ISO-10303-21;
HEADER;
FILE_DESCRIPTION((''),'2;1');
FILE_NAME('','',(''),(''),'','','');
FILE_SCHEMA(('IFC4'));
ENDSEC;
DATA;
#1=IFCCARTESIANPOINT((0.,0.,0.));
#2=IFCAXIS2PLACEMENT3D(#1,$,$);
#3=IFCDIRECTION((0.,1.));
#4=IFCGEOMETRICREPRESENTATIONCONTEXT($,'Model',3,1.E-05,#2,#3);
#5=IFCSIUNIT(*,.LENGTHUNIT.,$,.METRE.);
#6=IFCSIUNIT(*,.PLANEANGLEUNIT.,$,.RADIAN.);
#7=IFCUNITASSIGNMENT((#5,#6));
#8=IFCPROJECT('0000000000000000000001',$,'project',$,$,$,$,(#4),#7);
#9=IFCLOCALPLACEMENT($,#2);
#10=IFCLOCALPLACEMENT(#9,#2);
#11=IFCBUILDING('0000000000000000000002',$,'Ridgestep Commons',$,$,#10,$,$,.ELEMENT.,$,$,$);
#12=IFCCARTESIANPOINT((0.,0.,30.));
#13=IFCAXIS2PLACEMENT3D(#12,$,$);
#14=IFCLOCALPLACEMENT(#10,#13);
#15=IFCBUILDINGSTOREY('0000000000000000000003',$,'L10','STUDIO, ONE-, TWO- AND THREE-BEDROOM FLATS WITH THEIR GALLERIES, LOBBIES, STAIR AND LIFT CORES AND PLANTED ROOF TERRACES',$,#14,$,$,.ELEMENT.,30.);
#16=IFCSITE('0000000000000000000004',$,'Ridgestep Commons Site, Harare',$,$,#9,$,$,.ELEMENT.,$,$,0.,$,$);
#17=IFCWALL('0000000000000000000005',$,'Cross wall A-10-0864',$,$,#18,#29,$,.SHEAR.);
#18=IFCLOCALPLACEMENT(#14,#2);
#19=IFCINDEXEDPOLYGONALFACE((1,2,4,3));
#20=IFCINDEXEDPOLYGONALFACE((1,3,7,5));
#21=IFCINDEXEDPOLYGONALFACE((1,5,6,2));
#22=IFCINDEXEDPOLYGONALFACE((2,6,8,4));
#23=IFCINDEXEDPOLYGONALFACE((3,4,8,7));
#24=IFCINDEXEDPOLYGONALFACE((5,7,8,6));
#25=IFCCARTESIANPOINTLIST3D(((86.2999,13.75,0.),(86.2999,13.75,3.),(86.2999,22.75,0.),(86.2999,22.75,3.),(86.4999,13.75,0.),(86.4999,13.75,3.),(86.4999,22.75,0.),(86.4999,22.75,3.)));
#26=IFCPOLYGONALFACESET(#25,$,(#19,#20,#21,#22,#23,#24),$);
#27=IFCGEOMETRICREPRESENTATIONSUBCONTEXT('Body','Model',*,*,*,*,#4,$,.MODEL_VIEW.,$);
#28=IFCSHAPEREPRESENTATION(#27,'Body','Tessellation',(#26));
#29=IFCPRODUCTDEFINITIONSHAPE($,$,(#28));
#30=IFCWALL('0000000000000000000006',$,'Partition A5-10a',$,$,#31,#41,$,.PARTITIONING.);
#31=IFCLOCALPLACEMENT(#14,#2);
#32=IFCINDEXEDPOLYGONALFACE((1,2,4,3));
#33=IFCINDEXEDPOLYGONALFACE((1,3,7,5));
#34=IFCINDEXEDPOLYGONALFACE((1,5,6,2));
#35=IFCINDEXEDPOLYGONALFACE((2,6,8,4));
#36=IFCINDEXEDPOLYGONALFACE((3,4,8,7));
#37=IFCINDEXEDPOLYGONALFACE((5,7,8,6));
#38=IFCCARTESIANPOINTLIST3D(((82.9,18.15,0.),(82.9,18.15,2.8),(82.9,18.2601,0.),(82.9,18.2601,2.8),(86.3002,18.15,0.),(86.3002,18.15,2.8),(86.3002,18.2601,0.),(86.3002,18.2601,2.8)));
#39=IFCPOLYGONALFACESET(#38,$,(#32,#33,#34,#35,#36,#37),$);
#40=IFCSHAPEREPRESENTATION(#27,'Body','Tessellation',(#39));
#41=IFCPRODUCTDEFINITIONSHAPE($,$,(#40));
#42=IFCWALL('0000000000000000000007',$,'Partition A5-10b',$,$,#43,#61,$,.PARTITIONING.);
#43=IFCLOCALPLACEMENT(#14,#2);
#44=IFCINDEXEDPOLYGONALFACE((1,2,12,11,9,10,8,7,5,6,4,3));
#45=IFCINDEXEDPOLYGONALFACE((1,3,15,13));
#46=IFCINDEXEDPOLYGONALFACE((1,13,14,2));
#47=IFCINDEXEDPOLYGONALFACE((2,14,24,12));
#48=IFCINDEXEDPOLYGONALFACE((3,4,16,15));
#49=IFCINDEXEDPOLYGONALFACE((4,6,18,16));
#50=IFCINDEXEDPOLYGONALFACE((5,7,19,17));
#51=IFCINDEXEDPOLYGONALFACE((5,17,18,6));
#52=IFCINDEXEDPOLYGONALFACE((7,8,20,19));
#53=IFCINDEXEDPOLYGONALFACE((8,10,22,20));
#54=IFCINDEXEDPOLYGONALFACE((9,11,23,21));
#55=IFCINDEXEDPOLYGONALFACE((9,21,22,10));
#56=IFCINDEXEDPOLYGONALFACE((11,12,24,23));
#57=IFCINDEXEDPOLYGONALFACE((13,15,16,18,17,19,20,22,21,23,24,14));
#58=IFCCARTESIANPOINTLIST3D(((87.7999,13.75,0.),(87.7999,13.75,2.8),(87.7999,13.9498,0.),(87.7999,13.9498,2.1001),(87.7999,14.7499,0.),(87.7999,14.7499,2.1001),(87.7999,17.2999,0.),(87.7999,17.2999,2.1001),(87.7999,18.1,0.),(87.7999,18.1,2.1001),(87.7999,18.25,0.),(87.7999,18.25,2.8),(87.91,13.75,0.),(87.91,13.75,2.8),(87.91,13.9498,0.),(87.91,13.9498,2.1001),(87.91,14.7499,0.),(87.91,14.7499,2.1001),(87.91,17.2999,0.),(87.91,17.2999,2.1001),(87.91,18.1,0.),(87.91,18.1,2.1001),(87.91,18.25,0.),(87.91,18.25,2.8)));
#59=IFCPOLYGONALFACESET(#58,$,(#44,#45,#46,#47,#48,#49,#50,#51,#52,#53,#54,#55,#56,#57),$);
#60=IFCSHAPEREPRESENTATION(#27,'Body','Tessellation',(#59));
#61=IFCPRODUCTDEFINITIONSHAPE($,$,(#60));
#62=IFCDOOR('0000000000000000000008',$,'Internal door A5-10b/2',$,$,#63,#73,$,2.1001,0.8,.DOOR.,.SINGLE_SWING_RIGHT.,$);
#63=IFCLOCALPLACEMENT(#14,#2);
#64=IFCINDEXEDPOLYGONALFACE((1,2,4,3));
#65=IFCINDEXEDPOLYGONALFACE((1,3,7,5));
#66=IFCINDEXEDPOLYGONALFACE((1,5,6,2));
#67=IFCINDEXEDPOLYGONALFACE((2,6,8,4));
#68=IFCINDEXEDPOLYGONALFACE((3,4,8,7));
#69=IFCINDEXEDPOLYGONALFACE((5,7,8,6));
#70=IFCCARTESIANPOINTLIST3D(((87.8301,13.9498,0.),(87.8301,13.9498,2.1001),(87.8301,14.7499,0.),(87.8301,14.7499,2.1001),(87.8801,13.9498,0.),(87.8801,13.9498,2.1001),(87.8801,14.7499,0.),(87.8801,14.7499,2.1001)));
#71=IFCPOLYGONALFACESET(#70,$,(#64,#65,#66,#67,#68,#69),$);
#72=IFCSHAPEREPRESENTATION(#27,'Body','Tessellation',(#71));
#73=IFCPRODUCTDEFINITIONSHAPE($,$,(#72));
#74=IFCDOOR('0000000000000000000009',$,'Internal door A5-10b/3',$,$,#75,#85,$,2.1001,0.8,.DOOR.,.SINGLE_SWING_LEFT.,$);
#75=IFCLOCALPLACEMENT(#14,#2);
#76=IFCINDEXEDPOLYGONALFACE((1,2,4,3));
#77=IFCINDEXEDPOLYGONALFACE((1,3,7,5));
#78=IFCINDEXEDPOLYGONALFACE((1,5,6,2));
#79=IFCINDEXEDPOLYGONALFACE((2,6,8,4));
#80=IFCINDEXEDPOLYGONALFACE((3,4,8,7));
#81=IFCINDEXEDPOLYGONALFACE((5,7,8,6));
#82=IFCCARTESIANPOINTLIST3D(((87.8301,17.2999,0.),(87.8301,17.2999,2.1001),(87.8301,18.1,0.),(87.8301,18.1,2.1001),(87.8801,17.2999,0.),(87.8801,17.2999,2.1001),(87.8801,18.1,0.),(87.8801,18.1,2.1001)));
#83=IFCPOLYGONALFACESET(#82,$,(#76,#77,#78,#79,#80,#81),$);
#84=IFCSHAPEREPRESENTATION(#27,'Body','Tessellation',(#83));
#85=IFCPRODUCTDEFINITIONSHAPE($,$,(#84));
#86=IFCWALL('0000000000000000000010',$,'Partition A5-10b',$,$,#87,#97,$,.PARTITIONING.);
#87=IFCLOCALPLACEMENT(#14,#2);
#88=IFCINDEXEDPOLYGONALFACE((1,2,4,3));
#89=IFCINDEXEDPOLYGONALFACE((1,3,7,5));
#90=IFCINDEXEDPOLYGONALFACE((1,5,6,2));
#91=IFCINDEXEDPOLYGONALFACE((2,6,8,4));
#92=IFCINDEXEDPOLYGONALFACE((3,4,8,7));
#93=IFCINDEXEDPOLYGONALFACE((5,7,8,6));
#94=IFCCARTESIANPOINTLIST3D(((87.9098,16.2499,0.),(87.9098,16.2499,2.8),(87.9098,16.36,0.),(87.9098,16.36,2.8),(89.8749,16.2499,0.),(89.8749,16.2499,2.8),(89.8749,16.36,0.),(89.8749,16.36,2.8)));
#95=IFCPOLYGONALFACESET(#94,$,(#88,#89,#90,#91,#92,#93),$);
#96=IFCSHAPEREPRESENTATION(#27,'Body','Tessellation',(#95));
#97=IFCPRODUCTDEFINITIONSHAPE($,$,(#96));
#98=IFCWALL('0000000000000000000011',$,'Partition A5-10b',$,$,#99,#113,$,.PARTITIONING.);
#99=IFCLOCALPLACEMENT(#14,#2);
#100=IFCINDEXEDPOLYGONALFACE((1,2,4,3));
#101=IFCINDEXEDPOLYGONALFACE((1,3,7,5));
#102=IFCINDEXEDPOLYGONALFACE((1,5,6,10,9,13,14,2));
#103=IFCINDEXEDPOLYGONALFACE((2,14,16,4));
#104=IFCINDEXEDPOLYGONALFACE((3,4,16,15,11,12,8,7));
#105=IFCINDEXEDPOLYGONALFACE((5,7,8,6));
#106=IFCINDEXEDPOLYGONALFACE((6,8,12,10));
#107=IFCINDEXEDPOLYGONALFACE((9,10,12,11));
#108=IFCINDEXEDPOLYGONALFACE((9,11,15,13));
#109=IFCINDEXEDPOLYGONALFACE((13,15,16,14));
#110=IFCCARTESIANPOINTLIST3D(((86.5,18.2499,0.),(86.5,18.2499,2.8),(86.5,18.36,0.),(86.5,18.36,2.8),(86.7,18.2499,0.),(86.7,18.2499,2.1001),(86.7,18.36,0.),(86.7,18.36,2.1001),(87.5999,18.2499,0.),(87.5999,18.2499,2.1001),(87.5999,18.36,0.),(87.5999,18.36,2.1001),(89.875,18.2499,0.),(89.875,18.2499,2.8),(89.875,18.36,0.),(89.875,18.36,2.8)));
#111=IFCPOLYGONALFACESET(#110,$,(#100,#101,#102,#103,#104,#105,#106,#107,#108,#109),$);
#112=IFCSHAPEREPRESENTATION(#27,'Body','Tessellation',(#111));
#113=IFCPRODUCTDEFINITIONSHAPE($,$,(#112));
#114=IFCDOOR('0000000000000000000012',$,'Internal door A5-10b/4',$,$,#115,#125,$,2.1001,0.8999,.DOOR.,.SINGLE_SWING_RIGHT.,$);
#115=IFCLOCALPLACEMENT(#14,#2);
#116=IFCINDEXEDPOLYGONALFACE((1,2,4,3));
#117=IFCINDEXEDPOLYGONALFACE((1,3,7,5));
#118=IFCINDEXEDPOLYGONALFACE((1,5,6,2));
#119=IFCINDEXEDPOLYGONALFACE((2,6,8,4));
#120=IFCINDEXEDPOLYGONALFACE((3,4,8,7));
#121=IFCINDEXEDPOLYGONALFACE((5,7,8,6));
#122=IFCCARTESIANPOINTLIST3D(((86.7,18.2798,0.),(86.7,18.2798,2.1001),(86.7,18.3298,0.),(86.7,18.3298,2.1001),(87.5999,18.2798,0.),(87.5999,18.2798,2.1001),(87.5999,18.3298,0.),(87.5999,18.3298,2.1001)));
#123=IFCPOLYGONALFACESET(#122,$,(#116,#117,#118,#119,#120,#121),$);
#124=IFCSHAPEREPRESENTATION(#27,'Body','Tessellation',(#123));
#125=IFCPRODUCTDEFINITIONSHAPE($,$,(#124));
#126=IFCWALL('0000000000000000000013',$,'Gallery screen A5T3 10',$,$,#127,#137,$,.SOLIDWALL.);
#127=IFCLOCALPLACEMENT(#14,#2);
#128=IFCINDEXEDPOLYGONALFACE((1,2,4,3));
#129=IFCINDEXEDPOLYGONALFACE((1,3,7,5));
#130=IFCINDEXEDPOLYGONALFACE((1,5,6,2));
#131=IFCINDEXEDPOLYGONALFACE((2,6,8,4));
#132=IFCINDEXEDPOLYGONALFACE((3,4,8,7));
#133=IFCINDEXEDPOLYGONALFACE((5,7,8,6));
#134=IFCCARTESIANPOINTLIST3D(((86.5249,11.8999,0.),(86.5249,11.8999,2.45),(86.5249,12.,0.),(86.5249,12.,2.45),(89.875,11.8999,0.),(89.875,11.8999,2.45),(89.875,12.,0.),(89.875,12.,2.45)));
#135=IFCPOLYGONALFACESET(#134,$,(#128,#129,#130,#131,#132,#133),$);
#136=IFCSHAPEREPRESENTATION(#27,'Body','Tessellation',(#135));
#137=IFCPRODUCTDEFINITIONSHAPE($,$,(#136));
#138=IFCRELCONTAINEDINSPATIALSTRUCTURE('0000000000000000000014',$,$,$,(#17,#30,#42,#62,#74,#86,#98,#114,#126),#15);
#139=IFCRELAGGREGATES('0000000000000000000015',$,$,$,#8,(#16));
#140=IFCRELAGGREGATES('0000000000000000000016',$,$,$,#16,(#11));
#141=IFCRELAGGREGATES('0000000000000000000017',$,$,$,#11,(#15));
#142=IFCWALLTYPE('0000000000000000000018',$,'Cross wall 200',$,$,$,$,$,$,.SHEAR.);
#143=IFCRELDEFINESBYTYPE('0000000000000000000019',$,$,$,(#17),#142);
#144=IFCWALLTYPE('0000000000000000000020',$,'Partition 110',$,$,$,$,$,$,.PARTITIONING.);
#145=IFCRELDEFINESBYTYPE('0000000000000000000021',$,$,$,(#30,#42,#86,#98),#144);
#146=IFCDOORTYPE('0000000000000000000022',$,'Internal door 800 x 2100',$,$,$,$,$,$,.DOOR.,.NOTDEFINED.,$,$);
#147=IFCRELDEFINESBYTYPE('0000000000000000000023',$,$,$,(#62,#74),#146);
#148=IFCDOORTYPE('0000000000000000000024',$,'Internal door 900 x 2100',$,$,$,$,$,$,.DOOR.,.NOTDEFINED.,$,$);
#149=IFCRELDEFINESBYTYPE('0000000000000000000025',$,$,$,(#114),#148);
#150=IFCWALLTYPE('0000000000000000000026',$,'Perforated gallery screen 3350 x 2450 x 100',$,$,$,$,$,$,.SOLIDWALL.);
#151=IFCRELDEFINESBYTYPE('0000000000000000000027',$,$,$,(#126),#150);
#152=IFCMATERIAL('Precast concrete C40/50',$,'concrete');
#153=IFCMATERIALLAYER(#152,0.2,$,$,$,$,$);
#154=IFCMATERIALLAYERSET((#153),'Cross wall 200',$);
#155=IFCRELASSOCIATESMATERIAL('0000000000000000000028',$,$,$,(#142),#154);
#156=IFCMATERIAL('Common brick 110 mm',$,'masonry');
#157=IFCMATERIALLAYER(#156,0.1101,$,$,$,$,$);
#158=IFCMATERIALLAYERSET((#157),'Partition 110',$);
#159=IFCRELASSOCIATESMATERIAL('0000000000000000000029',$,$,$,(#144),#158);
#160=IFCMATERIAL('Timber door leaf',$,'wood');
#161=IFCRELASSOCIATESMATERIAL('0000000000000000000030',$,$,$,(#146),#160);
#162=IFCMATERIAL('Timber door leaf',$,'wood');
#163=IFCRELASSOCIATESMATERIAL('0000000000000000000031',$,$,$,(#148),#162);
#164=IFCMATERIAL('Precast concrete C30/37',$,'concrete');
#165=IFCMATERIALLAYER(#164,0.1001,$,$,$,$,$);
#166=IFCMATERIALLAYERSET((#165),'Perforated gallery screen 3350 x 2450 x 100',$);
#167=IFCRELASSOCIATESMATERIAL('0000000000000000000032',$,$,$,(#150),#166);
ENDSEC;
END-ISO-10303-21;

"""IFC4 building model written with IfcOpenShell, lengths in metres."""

from ifc_helpers import new_model, si_unit, direction, frame, frame_2d, origin, place, context, subcontext, project, spatial, rectangle, extrude, material, layer, layer_set, type_object, element, fill, save


model = new_model("IFC4")

# Units and contexts
model_context = context("Model", 3, precision=1e-05, world=origin(), true_north=direction((0.0, 1.0)))
body_context = subcontext(model_context, "Body", "Model", "MODEL_VIEW")
ifc_project = project(units=[si_unit("LENGTHUNIT", "METRE"), si_unit("PLANEANGLEUNIT", "RADIAN")], contexts=[model_context])

# Site, building, storey
site_placement = place(None, origin())
site = spatial("IfcSite", under=ifc_project, at=site_placement, Name="Ridgestep Commons Site, Harare", CompositionType="ELEMENT", RefElevation=0.0)
building_placement = place(site_placement, origin())
building = spatial("IfcBuilding", under=site, at=building_placement, Name="Ridgestep Commons", CompositionType="ELEMENT")
storey_placement = place(building_placement, frame((0.0, 0.0, 30.0)))
storey = spatial("IfcBuildingStorey", under=building, at=storey_placement, Name="L10", Description="STUDIO, ONE-, TWO- AND THREE-BEDROOM FLATS WITH THEIR GALLERIES, LOBBIES, STAIR AND LIFT CORES AND PLANTED ROOF TERRACES", CompositionType="ELEMENT", Elevation=30.0)

# Walls
ifc_material_1 = material(Name="Precast concrete C40/50", Category="concrete")
ifc_layer_1 = layer(ifc_material_1, 0.2)
ifc_layer_set_1 = layer_set([ifc_layer_1], Name="Cross wall 200")
wall_type_1 = type_object("IfcWallType", Name="Cross wall 200", PredefinedType="SHEAR", material=ifc_layer_set_1)
wall_1_placement = place(storey_placement, frame((86.3999, 13.75, 0.0), z_axis=(0.0, 0.0, 1.0), x_axis=(0.0, 1.0, 0.0)))
element("IfcWall", 1, at=wall_1_placement, inside=storey, type_object=wall_type_1, Name="Cross wall A-10-0864", PredefinedType="SHEAR", context=body_context, shape_type="SweptSolid", body=[
    extrude(rectangle(XDim=9.0, YDim=0.2, at=frame_2d((4.5, 0.0))), origin(), (0.0, 0.0, 1.0), 3.0),
])
ifc_material_2 = material(Name="Common brick 110 mm", Category="masonry")
ifc_layer_2 = layer(ifc_material_2, 0.1101)
ifc_layer_set_2 = layer_set([ifc_layer_2], Name="Partition 110")
wall_type_2 = type_object("IfcWallType", Name="Partition 110", PredefinedType="PARTITIONING", material=ifc_layer_set_2)
wall_2_placement = place(storey_placement, frame((82.8999, 18.2051, 0.0), z_axis=(0.0, 0.0, 1.0), x_axis=(1.0, 0.0, 0.0)))
element("IfcWall", 2, at=wall_2_placement, inside=storey, type_object=wall_type_2, Name="Partition A5-10a", PredefinedType="PARTITIONING", context=body_context, shape_type="SweptSolid", body=[
    extrude(rectangle(XDim=3.4001, YDim=0.1101, at=frame_2d((1.7002, 0.0))), origin(), (0.0, 0.0, 1.0), 2.8),
])

# Wall, openings, doors
wall_3_placement = place(storey_placement, frame((87.855, 13.75, 0.0), z_axis=(0.0, 0.0, 1.0), x_axis=(0.0, 1.0, 0.0)))
wall_3 = element("IfcWall", 3, at=wall_3_placement, inside=storey, type_object=wall_type_2, Name="Partition A5-10b", PredefinedType="PARTITIONING", context=body_context, shape_type="SweptSolid", body=[
    extrude(rectangle(XDim=4.5, YDim=0.1101, at=frame_2d((2.25, 0.0))), origin(), (0.0, 0.0, 1.0), 2.8),
])
opening_1_placement = place(wall_3_placement, frame((0.2, 0.0, 0.0)))
opening_1 = element("IfcOpeningElement", 4, at=opening_1_placement, cuts=wall_3, PredefinedType="OPENING", context=body_context, shape_type="SweptSolid", body=[
    extrude(rectangle(XDim=0.8, YDim=2.1001, at=frame_2d((0.3999, 1.05))), frame((0.0, 0.0649, 0.0), z_axis=(0.0, -1.0, 0.0), x_axis=(1.0, 0.0, 0.0)), (0.0, 0.0, 1.0), 0.1301),
])
opening_2_placement = place(wall_3_placement, frame((3.55, 0.0, 0.0)))
opening_2 = element("IfcOpeningElement", 5, at=opening_2_placement, cuts=wall_3, PredefinedType="OPENING", context=body_context, shape_type="SweptSolid", body=[
    extrude(rectangle(XDim=0.8, YDim=2.1001, at=frame_2d((0.3999, 1.05))), frame((0.0, 0.0649, 0.0), z_axis=(0.0, -1.0, 0.0), x_axis=(1.0, 0.0, 0.0)), (0.0, 0.0, 1.0), 0.1301),
])
ifc_material_3 = material(Name="Timber door leaf", Category="wood")
door_type_1 = type_object("IfcDoorType", Name="Internal door 800 x 2100", OperationType="NOTDEFINED", PredefinedType="DOOR", material=ifc_material_3)
door_1_placement = place(opening_1_placement, origin())
door_1 = element("IfcDoor", 6, at=door_1_placement, inside=storey, type_object=door_type_1, Name="Internal door A5-10b/2", OperationType="SINGLE_SWING_RIGHT", OverallHeight=2.1001, OverallWidth=0.8, PredefinedType="DOOR", context=body_context, shape_type="SweptSolid", body=[
    extrude(rectangle(XDim=0.8, YDim=2.1001, at=frame_2d((0.3999, 1.05))), frame((0.0, 0.0249, 0.0), z_axis=(0.0, -1.0, 0.0), x_axis=(1.0, 0.0, 0.0)), (0.0, 0.0, 1.0), 0.05),
])
fill(opening_1, door_1)
door_2_placement = place(opening_2_placement, origin())
door_2 = element("IfcDoor", 7, at=door_2_placement, inside=storey, type_object=door_type_1, Name="Internal door A5-10b/3", OperationType="SINGLE_SWING_LEFT", OverallHeight=2.1001, OverallWidth=0.8, PredefinedType="DOOR", context=body_context, shape_type="SweptSolid", body=[
    extrude(rectangle(XDim=0.8, YDim=2.1001, at=frame_2d((0.3999, 1.05))), frame((0.0, 0.0249, 0.0), z_axis=(0.0, -1.0, 0.0), x_axis=(1.0, 0.0, 0.0)), (0.0, 0.0, 1.0), 0.05),
])
fill(opening_2, door_2)

# Wall
wall_4_placement = place(storey_placement, frame((87.9099, 16.3049, 0.0), z_axis=(0.0, 0.0, 1.0), x_axis=(1.0, 0.0, 0.0)))
element("IfcWall", 8, at=wall_4_placement, inside=storey, type_object=wall_type_2, Name="Partition A5-10b", PredefinedType="PARTITIONING", context=body_context, shape_type="SweptSolid", body=[
    extrude(rectangle(XDim=1.9651, YDim=0.1101, at=frame_2d((0.9824, 0.0))), origin(), (0.0, 0.0, 1.0), 2.8),
])

# Wall, opening, door
wall_5_placement = place(storey_placement, frame((86.5, 18.3049, 0.0), z_axis=(0.0, 0.0, 1.0), x_axis=(1.0, 0.0, 0.0)))
wall_5 = element("IfcWall", 9, at=wall_5_placement, inside=storey, type_object=wall_type_2, Name="Partition A5-10b", PredefinedType="PARTITIONING", context=body_context, shape_type="SweptSolid", body=[
    extrude(rectangle(XDim=3.375, YDim=0.1101, at=frame_2d((1.6875, 0.0))), origin(), (0.0, 0.0, 1.0), 2.8),
])
opening_3_placement = place(wall_5_placement, frame((0.2, 0.0, 0.0)))
opening_3 = element("IfcOpeningElement", 10, at=opening_3_placement, cuts=wall_5, PredefinedType="OPENING", context=body_context, shape_type="SweptSolid", body=[
    extrude(rectangle(XDim=0.8999, YDim=2.1001, at=frame_2d((0.45, 1.05))), frame((0.0, 0.0649, 0.0), z_axis=(0.0, -1.0, 0.0), x_axis=(1.0, 0.0, 0.0)), (0.0, 0.0, 1.0), 0.1301),
])
ifc_material_4 = material(Name="Timber door leaf", Category="wood")
door_type_2 = type_object("IfcDoorType", Name="Internal door 900 x 2100", OperationType="NOTDEFINED", PredefinedType="DOOR", material=ifc_material_4)
door_3_placement = place(opening_3_placement, origin())
door_3 = element("IfcDoor", 11, at=door_3_placement, inside=storey, type_object=door_type_2, Name="Internal door A5-10b/4", OperationType="SINGLE_SWING_RIGHT", OverallHeight=2.1001, OverallWidth=0.8999, PredefinedType="DOOR", context=body_context, shape_type="SweptSolid", body=[
    extrude(rectangle(XDim=0.8999, YDim=2.1001, at=frame_2d((0.45, 1.05))), frame((0.0, 0.0249, 0.0), z_axis=(0.0, -1.0, 0.0), x_axis=(1.0, 0.0, 0.0)), (0.0, 0.0, 1.0), 0.05),
])
fill(opening_3, door_3)

# Wall
ifc_material_5 = material(Name="Precast concrete C30/37", Category="concrete")
ifc_layer_3 = layer(ifc_material_5, 0.1001)
ifc_layer_set_3 = layer_set([ifc_layer_3], Name="Perforated gallery screen 3350 x 2450 x 100")
wall_type_3 = type_object("IfcWallType", Name="Perforated gallery screen 3350 x 2450 x 100", PredefinedType="SOLIDWALL", material=ifc_layer_set_3)
wall_6_placement = place(storey_placement, frame((86.5249, 11.95, 0.0), z_axis=(0.0, 0.0, 1.0), x_axis=(1.0, 0.0, 0.0)))
element("IfcWall", 12, at=wall_6_placement, inside=storey, type_object=wall_type_3, Name="Gallery screen A5T3 10", PredefinedType="SOLIDWALL", context=body_context, shape_type="SweptSolid", body=[
    extrude(rectangle(XDim=3.3501, YDim=0.1001, at=frame_2d((1.675, 0.0))), origin(), (0.0, 0.0, 1.0), 2.45),
])

save(model, "model.ifc")
